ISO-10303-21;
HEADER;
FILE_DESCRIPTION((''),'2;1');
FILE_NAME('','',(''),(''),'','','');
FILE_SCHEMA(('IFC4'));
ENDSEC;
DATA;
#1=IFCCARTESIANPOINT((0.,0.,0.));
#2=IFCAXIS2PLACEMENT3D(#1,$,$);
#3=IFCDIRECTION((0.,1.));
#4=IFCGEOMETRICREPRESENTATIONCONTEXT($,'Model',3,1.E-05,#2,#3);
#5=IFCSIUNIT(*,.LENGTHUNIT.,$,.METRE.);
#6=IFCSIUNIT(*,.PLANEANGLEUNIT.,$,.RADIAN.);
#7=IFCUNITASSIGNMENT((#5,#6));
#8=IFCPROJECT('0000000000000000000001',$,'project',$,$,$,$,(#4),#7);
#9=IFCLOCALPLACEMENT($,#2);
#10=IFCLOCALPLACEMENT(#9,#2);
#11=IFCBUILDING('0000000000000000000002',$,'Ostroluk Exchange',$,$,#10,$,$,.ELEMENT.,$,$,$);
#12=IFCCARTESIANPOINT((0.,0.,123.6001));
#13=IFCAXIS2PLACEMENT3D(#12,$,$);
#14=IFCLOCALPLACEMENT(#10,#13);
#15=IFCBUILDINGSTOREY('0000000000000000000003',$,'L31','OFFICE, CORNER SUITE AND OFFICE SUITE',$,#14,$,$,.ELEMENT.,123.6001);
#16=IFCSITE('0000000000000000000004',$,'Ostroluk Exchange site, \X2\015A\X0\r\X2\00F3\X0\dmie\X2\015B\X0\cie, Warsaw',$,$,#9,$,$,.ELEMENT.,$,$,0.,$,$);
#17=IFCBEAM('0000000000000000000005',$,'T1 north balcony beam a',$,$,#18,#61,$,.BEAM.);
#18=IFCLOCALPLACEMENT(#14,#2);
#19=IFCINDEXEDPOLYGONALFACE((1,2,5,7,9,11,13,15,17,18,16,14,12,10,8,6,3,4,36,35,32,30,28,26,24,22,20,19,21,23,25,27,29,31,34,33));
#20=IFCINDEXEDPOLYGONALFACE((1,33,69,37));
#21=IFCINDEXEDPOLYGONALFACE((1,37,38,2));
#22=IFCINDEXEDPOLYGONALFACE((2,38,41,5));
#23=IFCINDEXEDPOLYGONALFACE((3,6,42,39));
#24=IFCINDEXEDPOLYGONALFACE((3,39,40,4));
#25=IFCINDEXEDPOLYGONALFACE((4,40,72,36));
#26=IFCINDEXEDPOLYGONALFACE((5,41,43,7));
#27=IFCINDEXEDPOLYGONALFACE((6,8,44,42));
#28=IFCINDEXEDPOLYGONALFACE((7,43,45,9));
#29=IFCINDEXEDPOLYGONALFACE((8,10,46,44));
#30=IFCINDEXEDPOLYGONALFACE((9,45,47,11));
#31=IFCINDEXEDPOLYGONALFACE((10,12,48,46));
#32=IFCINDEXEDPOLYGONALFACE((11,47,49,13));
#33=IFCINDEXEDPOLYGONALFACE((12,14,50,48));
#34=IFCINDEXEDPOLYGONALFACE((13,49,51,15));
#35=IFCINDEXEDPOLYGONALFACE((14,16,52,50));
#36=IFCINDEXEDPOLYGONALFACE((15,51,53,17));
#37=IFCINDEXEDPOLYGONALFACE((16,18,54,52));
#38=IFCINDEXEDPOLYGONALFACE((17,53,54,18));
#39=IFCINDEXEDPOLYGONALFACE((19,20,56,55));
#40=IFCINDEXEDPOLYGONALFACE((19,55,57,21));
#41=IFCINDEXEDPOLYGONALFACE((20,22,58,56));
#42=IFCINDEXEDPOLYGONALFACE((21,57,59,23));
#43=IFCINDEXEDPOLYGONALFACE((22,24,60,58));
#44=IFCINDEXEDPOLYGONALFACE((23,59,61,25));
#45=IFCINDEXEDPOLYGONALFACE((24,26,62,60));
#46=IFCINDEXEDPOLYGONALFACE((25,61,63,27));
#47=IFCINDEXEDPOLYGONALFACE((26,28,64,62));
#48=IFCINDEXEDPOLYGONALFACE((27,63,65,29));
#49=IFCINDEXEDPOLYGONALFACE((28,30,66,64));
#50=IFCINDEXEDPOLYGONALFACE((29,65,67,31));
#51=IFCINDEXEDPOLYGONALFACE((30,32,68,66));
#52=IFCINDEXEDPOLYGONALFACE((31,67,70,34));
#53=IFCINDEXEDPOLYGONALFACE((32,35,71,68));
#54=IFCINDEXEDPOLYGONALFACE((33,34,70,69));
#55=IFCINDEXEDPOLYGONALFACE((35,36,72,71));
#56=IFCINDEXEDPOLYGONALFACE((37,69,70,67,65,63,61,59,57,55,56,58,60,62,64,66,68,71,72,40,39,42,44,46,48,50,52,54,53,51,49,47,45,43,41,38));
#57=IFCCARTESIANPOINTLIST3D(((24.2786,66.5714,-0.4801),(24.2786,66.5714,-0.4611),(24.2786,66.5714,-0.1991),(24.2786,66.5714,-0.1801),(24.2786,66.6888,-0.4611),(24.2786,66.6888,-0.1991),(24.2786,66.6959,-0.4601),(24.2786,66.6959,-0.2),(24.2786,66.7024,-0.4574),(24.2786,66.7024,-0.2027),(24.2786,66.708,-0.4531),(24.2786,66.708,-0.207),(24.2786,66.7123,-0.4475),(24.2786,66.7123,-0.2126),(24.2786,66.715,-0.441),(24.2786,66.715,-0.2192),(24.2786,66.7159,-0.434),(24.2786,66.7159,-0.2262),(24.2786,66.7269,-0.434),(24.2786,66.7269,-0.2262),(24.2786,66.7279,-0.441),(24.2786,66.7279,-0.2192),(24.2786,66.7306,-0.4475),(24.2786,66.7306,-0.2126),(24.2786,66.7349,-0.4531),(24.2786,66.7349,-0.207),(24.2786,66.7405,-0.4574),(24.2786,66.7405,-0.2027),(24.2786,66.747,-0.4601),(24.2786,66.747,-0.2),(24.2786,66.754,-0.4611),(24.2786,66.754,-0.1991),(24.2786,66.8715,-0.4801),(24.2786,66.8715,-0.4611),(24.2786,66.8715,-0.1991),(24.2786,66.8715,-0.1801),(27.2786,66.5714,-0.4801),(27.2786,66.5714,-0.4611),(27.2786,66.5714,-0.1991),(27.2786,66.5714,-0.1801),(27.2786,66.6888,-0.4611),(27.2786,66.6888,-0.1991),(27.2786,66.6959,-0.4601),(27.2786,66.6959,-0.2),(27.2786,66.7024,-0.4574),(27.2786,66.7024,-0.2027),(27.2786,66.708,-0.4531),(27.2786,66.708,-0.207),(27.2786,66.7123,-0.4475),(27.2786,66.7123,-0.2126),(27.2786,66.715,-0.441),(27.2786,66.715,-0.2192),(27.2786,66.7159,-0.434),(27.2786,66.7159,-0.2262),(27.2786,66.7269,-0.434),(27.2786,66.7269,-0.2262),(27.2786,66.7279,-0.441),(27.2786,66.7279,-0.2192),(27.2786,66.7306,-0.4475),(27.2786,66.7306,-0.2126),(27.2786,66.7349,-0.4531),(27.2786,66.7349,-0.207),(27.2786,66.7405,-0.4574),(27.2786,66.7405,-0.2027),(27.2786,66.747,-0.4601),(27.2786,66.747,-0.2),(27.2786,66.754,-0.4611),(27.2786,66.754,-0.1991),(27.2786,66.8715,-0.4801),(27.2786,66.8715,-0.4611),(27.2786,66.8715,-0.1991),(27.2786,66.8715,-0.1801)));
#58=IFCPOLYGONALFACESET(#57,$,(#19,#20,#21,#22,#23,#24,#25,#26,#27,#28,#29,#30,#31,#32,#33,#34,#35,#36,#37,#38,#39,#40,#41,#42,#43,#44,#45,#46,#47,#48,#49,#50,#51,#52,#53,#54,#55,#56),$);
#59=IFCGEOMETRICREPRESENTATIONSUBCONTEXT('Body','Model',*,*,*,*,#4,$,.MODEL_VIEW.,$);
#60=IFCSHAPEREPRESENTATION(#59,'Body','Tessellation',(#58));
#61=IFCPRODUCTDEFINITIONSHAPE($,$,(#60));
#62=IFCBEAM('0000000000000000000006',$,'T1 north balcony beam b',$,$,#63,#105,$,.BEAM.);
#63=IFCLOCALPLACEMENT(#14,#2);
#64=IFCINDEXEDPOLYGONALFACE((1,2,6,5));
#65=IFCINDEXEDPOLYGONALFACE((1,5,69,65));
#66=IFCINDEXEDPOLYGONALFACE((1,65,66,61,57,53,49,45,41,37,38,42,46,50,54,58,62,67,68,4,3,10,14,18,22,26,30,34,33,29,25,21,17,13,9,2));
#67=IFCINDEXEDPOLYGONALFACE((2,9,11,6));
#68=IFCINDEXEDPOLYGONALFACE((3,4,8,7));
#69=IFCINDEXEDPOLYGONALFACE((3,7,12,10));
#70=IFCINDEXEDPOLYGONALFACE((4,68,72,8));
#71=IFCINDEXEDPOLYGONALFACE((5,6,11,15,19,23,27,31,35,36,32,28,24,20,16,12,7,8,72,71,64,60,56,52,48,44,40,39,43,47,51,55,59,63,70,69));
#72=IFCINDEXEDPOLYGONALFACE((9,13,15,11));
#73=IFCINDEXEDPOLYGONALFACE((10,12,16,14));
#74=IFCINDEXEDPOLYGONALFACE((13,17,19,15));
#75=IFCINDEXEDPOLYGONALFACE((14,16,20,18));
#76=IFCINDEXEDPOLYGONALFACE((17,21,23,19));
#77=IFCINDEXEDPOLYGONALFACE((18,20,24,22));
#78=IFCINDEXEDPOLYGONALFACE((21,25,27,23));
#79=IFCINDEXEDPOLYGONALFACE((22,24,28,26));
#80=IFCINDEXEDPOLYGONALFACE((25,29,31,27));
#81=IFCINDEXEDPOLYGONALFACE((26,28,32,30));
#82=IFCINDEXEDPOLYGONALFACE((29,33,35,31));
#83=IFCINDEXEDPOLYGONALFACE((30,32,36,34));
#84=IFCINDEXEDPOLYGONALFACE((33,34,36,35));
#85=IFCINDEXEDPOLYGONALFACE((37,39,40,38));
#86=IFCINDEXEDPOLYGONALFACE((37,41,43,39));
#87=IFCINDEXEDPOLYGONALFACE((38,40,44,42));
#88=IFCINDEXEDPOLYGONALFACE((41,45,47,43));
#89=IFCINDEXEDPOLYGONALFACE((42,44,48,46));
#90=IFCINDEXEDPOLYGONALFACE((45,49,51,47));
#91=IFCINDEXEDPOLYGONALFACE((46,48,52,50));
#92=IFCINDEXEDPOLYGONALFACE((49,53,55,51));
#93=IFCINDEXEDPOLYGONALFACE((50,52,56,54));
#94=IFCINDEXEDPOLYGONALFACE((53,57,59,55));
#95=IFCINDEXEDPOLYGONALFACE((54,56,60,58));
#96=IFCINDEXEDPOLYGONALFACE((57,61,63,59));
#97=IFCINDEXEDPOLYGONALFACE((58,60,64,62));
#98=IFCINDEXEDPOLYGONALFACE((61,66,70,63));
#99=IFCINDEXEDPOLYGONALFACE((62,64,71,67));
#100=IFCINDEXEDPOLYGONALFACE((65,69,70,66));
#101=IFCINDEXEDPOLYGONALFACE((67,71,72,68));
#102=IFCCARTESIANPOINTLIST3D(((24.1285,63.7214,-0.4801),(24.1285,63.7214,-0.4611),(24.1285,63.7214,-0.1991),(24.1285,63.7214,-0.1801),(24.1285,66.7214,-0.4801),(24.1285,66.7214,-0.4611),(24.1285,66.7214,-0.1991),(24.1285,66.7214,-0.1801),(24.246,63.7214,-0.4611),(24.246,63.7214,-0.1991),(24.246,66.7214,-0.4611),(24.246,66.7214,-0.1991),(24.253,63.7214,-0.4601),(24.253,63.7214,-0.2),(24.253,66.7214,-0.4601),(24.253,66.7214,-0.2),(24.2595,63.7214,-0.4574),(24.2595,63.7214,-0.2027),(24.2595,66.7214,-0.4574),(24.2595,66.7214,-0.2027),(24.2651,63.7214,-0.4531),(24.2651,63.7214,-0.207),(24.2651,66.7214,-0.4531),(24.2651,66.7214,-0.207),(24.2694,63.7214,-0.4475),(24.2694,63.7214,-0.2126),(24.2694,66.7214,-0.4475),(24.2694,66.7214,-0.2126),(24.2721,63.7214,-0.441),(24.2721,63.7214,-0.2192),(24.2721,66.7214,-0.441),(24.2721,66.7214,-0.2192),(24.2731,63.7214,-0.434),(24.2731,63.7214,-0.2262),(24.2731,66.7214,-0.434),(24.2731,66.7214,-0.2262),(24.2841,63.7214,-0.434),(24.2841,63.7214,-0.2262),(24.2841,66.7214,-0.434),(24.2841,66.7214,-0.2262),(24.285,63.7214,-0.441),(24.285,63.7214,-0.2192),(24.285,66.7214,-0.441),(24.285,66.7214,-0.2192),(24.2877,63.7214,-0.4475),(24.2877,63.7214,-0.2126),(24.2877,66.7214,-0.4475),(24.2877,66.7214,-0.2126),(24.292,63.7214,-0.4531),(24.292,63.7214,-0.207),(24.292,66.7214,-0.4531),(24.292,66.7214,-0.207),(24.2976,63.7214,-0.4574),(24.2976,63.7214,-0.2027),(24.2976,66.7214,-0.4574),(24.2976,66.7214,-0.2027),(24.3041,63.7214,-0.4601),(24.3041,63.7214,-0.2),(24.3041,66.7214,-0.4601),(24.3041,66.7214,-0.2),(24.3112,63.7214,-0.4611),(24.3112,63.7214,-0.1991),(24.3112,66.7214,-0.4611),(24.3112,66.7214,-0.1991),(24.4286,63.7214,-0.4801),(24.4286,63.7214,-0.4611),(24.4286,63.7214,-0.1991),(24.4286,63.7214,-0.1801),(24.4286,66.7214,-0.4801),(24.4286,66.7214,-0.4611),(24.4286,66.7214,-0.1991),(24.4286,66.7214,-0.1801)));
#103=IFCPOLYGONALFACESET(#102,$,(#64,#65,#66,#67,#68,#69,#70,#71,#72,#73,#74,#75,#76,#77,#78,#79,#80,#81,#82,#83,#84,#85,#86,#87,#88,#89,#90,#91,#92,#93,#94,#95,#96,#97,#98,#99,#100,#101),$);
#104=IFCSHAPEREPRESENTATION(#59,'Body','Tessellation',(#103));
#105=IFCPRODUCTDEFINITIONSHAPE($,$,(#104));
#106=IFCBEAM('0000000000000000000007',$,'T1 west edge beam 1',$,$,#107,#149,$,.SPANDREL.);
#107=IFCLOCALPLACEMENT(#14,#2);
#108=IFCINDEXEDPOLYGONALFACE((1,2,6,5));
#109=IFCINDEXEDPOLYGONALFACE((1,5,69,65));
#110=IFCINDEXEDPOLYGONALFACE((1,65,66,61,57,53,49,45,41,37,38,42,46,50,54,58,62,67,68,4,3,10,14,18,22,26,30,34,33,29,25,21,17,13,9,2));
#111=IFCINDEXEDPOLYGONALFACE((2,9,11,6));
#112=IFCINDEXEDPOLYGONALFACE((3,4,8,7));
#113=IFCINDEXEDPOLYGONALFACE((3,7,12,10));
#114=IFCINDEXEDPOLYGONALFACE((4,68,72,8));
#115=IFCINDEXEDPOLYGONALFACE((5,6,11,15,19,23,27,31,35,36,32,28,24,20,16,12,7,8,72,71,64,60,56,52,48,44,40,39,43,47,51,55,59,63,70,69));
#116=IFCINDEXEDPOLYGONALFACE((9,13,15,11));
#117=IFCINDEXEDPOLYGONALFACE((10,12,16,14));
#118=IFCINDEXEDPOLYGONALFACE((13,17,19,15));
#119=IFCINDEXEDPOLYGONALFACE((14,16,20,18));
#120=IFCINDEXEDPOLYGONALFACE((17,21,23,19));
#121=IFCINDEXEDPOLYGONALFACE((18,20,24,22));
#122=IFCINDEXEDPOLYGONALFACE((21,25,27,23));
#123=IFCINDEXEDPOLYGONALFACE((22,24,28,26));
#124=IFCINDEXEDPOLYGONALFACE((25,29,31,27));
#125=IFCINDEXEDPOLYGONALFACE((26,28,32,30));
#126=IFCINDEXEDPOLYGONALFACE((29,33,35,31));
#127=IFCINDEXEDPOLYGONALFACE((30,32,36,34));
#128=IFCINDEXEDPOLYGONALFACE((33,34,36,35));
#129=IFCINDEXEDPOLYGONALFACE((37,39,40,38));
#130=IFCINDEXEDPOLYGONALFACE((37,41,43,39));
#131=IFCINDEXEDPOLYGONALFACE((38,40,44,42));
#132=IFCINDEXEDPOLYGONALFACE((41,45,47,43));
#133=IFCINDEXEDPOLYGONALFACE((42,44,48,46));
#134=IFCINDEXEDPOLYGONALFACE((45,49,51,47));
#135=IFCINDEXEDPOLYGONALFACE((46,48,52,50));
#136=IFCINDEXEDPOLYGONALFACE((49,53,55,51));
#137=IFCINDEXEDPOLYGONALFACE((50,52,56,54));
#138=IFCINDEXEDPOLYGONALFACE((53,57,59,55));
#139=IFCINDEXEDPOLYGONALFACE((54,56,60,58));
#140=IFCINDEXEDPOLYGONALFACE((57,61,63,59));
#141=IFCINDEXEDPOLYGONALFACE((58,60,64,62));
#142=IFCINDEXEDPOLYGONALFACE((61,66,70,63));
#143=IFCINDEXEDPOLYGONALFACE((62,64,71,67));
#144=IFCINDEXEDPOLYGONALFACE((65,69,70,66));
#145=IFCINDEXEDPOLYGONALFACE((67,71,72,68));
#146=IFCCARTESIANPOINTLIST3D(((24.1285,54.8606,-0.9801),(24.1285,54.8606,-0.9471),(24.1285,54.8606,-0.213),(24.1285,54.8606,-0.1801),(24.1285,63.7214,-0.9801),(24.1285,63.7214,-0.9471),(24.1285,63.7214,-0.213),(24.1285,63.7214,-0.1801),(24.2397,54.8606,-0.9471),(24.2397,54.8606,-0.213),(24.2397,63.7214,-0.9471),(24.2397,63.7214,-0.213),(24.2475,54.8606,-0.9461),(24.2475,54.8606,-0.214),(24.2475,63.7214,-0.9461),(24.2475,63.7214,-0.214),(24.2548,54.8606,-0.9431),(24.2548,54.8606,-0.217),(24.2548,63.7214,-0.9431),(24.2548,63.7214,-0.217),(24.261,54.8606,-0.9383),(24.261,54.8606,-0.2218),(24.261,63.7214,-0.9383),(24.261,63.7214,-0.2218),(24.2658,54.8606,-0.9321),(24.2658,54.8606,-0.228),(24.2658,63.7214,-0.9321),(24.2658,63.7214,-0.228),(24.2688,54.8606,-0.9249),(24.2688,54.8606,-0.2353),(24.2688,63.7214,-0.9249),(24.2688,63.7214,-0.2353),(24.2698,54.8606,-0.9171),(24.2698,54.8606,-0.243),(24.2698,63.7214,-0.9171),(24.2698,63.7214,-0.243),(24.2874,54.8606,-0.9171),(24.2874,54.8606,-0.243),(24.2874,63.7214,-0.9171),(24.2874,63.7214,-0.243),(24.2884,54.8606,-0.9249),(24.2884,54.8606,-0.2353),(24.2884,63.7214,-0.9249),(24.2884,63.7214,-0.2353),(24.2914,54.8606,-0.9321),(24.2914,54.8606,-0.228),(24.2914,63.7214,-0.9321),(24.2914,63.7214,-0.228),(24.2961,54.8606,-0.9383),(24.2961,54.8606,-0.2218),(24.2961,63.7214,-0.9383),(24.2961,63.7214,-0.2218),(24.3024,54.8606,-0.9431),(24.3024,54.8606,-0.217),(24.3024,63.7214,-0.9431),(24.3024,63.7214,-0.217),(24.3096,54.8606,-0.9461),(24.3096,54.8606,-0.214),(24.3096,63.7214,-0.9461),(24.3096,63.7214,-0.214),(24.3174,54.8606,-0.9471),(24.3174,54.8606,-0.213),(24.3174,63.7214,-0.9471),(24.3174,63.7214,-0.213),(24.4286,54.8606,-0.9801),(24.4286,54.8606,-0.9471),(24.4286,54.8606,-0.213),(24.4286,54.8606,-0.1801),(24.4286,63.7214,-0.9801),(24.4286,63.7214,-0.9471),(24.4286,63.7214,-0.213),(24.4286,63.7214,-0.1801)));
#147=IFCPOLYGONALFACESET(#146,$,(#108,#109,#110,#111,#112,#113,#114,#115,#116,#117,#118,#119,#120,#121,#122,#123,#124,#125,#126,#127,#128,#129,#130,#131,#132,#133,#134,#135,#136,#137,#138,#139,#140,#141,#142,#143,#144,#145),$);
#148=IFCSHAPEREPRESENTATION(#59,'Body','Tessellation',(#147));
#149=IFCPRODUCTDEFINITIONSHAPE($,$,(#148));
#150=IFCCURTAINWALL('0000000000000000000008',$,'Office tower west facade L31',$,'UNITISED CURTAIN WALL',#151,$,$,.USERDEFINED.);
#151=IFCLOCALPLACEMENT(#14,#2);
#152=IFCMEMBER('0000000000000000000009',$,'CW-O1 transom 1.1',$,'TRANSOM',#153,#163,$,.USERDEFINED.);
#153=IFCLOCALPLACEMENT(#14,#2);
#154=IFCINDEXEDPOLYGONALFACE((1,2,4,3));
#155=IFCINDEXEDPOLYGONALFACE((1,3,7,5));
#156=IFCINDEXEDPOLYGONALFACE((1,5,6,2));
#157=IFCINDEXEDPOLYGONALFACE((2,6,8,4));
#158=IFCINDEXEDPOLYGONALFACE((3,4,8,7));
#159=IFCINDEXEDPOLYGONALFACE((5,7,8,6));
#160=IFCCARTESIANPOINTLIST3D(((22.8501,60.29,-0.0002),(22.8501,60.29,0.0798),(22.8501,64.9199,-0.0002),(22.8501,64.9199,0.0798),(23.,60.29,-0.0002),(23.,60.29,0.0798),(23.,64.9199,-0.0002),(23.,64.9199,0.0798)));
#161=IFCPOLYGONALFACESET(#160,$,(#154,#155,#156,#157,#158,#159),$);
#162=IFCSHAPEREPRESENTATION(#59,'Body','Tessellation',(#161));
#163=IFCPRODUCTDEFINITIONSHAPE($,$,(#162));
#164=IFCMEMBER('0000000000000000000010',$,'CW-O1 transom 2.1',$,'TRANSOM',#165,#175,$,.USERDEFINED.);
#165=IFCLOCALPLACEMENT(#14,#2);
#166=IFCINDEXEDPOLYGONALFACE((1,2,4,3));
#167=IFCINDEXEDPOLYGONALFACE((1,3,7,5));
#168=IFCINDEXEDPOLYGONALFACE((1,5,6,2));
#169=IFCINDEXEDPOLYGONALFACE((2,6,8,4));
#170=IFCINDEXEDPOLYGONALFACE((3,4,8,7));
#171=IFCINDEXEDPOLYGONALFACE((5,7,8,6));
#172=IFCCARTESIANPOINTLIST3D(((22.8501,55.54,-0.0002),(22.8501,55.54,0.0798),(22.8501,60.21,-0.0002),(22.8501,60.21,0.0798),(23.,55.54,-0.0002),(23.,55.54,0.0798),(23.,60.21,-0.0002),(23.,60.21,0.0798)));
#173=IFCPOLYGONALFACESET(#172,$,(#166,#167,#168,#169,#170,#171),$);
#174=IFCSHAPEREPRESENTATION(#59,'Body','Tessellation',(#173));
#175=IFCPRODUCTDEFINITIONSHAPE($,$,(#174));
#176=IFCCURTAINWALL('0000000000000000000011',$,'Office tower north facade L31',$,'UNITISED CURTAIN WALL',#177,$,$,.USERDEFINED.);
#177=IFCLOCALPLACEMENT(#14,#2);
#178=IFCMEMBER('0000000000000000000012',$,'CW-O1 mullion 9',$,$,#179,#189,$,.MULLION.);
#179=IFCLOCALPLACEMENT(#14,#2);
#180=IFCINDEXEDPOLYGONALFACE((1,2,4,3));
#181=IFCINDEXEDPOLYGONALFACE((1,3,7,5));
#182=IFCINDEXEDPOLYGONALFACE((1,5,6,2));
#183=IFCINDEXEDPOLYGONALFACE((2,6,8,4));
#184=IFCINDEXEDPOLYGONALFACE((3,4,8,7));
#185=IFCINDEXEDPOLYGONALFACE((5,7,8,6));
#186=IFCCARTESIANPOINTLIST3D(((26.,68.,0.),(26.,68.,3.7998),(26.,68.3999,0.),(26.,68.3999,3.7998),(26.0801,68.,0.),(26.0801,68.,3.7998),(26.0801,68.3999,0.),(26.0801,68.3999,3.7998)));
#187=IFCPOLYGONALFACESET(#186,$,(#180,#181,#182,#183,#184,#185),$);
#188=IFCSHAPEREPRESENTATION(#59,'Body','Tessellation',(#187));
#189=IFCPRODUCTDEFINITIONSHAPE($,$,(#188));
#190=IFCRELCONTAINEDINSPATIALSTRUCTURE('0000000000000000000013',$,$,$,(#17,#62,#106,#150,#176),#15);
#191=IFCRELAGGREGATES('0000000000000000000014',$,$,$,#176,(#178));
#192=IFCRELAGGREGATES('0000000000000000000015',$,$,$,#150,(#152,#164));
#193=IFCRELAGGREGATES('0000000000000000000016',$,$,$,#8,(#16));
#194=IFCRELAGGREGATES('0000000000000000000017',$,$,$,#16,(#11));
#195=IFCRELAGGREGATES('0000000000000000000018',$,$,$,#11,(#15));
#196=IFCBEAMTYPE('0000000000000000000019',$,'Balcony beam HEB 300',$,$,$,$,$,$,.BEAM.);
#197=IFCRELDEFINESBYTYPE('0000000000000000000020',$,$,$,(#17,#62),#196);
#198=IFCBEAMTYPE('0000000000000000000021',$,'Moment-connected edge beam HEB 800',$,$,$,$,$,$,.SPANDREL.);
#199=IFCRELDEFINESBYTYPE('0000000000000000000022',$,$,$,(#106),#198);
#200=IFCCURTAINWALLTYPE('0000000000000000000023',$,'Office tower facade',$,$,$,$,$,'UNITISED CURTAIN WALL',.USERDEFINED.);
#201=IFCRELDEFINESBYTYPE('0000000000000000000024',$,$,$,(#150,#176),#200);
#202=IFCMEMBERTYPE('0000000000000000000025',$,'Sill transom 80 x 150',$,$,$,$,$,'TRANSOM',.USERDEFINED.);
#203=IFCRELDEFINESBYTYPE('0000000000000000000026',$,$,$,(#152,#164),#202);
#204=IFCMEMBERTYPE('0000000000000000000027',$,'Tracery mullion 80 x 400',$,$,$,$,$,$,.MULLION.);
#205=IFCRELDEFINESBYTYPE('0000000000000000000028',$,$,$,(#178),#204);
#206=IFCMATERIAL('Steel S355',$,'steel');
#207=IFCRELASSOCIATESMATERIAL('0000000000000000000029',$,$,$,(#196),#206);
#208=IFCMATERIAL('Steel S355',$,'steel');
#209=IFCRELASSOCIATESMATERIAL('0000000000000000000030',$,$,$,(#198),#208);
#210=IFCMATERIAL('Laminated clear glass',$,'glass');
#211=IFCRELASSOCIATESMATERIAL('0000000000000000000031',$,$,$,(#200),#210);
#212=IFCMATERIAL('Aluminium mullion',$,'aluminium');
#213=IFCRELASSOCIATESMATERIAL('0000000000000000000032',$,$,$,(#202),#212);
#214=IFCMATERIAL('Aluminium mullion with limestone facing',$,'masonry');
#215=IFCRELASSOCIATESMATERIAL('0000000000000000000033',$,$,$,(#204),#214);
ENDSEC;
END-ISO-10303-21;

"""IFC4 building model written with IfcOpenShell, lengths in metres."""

from ifc_helpers import new_model, si_unit, direction, frame, origin, origin_2d, place, context, subcontext, project, spatial, rectangle, i_section, extrude, material, material_profile, profile_set, type_object, element, aggregate, save


model = new_model("IFC4")

# Units and contexts
model_context = context("Model", 3, precision=1e-05, world=origin(), true_north=direction((0.0, 1.0)))
body_context = subcontext(model_context, "Body", "Model", "MODEL_VIEW")
ifc_project = project(units=[si_unit("LENGTHUNIT", "METRE"), si_unit("PLANEANGLEUNIT", "RADIAN")], contexts=[model_context])

# Site, building, storey
site_placement = place(None, origin())
site = spatial("IfcSite", under=ifc_project, at=site_placement, Name="Ostroluk Exchange site, Śródmieście, Warsaw", CompositionType="ELEMENT", RefElevation=0.0)
building_placement = place(site_placement, origin())
building = spatial("IfcBuilding", under=site, at=building_placement, Name="Ostroluk Exchange", CompositionType="ELEMENT")
storey_placement = place(building_placement, frame((0.0, 0.0, 123.6001)))
storey = spatial("IfcBuildingStorey", under=building, at=storey_placement, Name="L31", Description="OFFICE, CORNER SUITE AND OFFICE SUITE", CompositionType="ELEMENT", Elevation=123.6001)

# Beams
ifc_material_1 = material(Name="Steel S355", Category="steel")
ifc_material_profile_1 = material_profile(ifc_material_1, i_section(OverallWidth=0.3, OverallDepth=0.3, WebThickness=0.011, FlangeThickness=0.019, FilletRadius=0.0271, at=origin_2d()), Name="HEB 300")
ifc_profile_set_1 = profile_set([ifc_material_profile_1], Name="Steel S355")
beam_type_1 = type_object("IfcBeamType", Name="Balcony beam HEB 300", PredefinedType="BEAM", material=ifc_profile_set_1)
for number, where, z_axis, x_axis, name in (
    (1, (27.2786, 66.7214, -0.3301), (-1.0, 0.0, 0.0), (0.0, -1.0, 0.0), "T1 north balcony beam a"),
    (2, (24.2786, 63.7214, -0.3301), (0.0, 1.0, 0.0), (-1.0, 0.0, 0.0), "T1 north balcony beam b"),
):
    element("IfcBeam", number, at=place(storey_placement, frame(where, z_axis=z_axis, x_axis=x_axis)), inside=storey, type_object=beam_type_1, Name=name, PredefinedType="BEAM", context=body_context, shape_type="SweptSolid", body=[
        extrude(i_section(OverallWidth=0.3, OverallDepth=0.3, WebThickness=0.011, FlangeThickness=0.019, FilletRadius=0.0271, at=origin_2d()), origin(), (0.0, 0.0, 1.0), 3.0),
    ])
ifc_material_2 = material(Name="Steel S355", Category="steel")
ifc_material_profile_2 = material_profile(ifc_material_2, i_section(OverallWidth=0.3, OverallDepth=0.8, WebThickness=0.0176, FlangeThickness=0.033, FilletRadius=0.03, at=origin_2d()), Name="HEB 800")
ifc_profile_set_2 = profile_set([ifc_material_profile_2], Name="Steel S355")
beam_type_2 = type_object("IfcBeamType", Name="Moment-connected edge beam HEB 800", PredefinedType="SPANDREL", material=ifc_profile_set_2)
beam_placement = place(storey_placement, frame((24.2786, 63.7214, -0.5801), z_axis=(0.0, -1.0, 0.0), x_axis=(1.0, 0.0, 0.0)))
element("IfcBeam", 3, at=beam_placement, inside=storey, type_object=beam_type_2, Name="T1 west edge beam 1", PredefinedType="SPANDREL", context=body_context, shape_type="SweptSolid", body=[
    extrude(i_section(OverallWidth=0.3, OverallDepth=0.8, WebThickness=0.0176, FlangeThickness=0.033, FilletRadius=0.03, at=origin_2d()), origin(), (0.0, 0.0, 1.0), 8.8608),
])

# Curtain wall, members
ifc_material_3 = material(Name="Laminated clear glass", Category="glass")
curtain_wall_type = type_object("IfcCurtainWallType", Name="Office tower facade", ElementType="UNITISED CURTAIN WALL", PredefinedType="USERDEFINED", material=ifc_material_3)
curtain_wall_1_placement = place(storey_placement, origin())
curtain_wall_1 = element("IfcCurtainWall", 4, at=curtain_wall_1_placement, inside=storey, type_object=curtain_wall_type, Name="Office tower west facade L31", ObjectType="UNITISED CURTAIN WALL", PredefinedType="USERDEFINED")
ifc_material_4 = material(Name="Aluminium mullion", Category="aluminium")
ifc_material_profile_3 = material_profile(ifc_material_4, rectangle(XDim=0.1499, YDim=0.0801, at=origin_2d()), Name="Sill transom 80 x 150")
ifc_profile_set_3 = profile_set([ifc_material_profile_3], Name="Aluminium mullion")
member_type_1 = type_object("IfcMemberType", Name="Sill transom 80 x 150", ElementType="TRANSOM", PredefinedType="USERDEFINED", material=ifc_profile_set_3)
member_1_placement = place(storey_placement, frame((22.925, 64.9199, 0.0398), z_axis=(0.0, -1.0, 0.0), x_axis=(1.0, 0.0, 0.0)))
member_1 = element("IfcMember", 5, at=member_1_placement, type_object=member_type_1, Name="CW-O1 transom 1.1", ObjectType="TRANSOM", PredefinedType="USERDEFINED", context=body_context, shape_type="SweptSolid", body=[
    extrude(rectangle(XDim=0.1499, YDim=0.0801, at=origin_2d()), origin(), (0.0, 0.0, 1.0), 4.6299),
])
member_2_placement = place(storey_placement, frame((22.925, 60.21, 0.0398), z_axis=(0.0, -1.0, 0.0), x_axis=(1.0, 0.0, 0.0)))
member_2 = element("IfcMember", 6, at=member_2_placement, type_object=member_type_1, Name="CW-O1 transom 2.1", ObjectType="TRANSOM", PredefinedType="USERDEFINED", context=body_context, shape_type="SweptSolid", body=[
    extrude(rectangle(XDim=0.1499, YDim=0.0801, at=origin_2d()), origin(), (0.0, 0.0, 1.0), 4.6699),
])

# Curtain wall, member
curtain_wall_2_placement = place(storey_placement, origin())
curtain_wall_2 = element("IfcCurtainWall", 7, at=curtain_wall_2_placement, inside=storey, type_object=curtain_wall_type, Name="Office tower north facade L31", ObjectType="UNITISED CURTAIN WALL", PredefinedType="USERDEFINED")
ifc_material_5 = material(Name="Aluminium mullion with limestone facing", Category="masonry")
ifc_material_profile_4 = material_profile(ifc_material_5, rectangle(XDim=0.3999, YDim=0.0801, at=origin_2d()), Name="Tracery mullion 80 x 400")
ifc_profile_set_4 = profile_set([ifc_material_profile_4], Name="Aluminium mullion with limestone facing")
member_type_2 = type_object("IfcMemberType", Name="Tracery mullion 80 x 400", PredefinedType="MULLION", material=ifc_profile_set_4)
member_3_placement = place(storey_placement, frame((26.04, 68.2, 0.0), z_axis=(0.0, 0.0, 1.0), x_axis=(0.0, -1.0, 0.0)))
member_3 = element("IfcMember", 8, at=member_3_placement, type_object=member_type_2, Name="CW-O1 mullion 9", PredefinedType="MULLION", context=body_context, shape_type="SweptSolid", body=[
    extrude(rectangle(XDim=0.3999, YDim=0.0801, at=origin_2d()), origin(), (0.0, 0.0, 1.0), 3.7998),
])
aggregate(curtain_wall_2, [member_3])

aggregate(curtain_wall_1, [member_1, member_2])

save(model, "model.ifc")
